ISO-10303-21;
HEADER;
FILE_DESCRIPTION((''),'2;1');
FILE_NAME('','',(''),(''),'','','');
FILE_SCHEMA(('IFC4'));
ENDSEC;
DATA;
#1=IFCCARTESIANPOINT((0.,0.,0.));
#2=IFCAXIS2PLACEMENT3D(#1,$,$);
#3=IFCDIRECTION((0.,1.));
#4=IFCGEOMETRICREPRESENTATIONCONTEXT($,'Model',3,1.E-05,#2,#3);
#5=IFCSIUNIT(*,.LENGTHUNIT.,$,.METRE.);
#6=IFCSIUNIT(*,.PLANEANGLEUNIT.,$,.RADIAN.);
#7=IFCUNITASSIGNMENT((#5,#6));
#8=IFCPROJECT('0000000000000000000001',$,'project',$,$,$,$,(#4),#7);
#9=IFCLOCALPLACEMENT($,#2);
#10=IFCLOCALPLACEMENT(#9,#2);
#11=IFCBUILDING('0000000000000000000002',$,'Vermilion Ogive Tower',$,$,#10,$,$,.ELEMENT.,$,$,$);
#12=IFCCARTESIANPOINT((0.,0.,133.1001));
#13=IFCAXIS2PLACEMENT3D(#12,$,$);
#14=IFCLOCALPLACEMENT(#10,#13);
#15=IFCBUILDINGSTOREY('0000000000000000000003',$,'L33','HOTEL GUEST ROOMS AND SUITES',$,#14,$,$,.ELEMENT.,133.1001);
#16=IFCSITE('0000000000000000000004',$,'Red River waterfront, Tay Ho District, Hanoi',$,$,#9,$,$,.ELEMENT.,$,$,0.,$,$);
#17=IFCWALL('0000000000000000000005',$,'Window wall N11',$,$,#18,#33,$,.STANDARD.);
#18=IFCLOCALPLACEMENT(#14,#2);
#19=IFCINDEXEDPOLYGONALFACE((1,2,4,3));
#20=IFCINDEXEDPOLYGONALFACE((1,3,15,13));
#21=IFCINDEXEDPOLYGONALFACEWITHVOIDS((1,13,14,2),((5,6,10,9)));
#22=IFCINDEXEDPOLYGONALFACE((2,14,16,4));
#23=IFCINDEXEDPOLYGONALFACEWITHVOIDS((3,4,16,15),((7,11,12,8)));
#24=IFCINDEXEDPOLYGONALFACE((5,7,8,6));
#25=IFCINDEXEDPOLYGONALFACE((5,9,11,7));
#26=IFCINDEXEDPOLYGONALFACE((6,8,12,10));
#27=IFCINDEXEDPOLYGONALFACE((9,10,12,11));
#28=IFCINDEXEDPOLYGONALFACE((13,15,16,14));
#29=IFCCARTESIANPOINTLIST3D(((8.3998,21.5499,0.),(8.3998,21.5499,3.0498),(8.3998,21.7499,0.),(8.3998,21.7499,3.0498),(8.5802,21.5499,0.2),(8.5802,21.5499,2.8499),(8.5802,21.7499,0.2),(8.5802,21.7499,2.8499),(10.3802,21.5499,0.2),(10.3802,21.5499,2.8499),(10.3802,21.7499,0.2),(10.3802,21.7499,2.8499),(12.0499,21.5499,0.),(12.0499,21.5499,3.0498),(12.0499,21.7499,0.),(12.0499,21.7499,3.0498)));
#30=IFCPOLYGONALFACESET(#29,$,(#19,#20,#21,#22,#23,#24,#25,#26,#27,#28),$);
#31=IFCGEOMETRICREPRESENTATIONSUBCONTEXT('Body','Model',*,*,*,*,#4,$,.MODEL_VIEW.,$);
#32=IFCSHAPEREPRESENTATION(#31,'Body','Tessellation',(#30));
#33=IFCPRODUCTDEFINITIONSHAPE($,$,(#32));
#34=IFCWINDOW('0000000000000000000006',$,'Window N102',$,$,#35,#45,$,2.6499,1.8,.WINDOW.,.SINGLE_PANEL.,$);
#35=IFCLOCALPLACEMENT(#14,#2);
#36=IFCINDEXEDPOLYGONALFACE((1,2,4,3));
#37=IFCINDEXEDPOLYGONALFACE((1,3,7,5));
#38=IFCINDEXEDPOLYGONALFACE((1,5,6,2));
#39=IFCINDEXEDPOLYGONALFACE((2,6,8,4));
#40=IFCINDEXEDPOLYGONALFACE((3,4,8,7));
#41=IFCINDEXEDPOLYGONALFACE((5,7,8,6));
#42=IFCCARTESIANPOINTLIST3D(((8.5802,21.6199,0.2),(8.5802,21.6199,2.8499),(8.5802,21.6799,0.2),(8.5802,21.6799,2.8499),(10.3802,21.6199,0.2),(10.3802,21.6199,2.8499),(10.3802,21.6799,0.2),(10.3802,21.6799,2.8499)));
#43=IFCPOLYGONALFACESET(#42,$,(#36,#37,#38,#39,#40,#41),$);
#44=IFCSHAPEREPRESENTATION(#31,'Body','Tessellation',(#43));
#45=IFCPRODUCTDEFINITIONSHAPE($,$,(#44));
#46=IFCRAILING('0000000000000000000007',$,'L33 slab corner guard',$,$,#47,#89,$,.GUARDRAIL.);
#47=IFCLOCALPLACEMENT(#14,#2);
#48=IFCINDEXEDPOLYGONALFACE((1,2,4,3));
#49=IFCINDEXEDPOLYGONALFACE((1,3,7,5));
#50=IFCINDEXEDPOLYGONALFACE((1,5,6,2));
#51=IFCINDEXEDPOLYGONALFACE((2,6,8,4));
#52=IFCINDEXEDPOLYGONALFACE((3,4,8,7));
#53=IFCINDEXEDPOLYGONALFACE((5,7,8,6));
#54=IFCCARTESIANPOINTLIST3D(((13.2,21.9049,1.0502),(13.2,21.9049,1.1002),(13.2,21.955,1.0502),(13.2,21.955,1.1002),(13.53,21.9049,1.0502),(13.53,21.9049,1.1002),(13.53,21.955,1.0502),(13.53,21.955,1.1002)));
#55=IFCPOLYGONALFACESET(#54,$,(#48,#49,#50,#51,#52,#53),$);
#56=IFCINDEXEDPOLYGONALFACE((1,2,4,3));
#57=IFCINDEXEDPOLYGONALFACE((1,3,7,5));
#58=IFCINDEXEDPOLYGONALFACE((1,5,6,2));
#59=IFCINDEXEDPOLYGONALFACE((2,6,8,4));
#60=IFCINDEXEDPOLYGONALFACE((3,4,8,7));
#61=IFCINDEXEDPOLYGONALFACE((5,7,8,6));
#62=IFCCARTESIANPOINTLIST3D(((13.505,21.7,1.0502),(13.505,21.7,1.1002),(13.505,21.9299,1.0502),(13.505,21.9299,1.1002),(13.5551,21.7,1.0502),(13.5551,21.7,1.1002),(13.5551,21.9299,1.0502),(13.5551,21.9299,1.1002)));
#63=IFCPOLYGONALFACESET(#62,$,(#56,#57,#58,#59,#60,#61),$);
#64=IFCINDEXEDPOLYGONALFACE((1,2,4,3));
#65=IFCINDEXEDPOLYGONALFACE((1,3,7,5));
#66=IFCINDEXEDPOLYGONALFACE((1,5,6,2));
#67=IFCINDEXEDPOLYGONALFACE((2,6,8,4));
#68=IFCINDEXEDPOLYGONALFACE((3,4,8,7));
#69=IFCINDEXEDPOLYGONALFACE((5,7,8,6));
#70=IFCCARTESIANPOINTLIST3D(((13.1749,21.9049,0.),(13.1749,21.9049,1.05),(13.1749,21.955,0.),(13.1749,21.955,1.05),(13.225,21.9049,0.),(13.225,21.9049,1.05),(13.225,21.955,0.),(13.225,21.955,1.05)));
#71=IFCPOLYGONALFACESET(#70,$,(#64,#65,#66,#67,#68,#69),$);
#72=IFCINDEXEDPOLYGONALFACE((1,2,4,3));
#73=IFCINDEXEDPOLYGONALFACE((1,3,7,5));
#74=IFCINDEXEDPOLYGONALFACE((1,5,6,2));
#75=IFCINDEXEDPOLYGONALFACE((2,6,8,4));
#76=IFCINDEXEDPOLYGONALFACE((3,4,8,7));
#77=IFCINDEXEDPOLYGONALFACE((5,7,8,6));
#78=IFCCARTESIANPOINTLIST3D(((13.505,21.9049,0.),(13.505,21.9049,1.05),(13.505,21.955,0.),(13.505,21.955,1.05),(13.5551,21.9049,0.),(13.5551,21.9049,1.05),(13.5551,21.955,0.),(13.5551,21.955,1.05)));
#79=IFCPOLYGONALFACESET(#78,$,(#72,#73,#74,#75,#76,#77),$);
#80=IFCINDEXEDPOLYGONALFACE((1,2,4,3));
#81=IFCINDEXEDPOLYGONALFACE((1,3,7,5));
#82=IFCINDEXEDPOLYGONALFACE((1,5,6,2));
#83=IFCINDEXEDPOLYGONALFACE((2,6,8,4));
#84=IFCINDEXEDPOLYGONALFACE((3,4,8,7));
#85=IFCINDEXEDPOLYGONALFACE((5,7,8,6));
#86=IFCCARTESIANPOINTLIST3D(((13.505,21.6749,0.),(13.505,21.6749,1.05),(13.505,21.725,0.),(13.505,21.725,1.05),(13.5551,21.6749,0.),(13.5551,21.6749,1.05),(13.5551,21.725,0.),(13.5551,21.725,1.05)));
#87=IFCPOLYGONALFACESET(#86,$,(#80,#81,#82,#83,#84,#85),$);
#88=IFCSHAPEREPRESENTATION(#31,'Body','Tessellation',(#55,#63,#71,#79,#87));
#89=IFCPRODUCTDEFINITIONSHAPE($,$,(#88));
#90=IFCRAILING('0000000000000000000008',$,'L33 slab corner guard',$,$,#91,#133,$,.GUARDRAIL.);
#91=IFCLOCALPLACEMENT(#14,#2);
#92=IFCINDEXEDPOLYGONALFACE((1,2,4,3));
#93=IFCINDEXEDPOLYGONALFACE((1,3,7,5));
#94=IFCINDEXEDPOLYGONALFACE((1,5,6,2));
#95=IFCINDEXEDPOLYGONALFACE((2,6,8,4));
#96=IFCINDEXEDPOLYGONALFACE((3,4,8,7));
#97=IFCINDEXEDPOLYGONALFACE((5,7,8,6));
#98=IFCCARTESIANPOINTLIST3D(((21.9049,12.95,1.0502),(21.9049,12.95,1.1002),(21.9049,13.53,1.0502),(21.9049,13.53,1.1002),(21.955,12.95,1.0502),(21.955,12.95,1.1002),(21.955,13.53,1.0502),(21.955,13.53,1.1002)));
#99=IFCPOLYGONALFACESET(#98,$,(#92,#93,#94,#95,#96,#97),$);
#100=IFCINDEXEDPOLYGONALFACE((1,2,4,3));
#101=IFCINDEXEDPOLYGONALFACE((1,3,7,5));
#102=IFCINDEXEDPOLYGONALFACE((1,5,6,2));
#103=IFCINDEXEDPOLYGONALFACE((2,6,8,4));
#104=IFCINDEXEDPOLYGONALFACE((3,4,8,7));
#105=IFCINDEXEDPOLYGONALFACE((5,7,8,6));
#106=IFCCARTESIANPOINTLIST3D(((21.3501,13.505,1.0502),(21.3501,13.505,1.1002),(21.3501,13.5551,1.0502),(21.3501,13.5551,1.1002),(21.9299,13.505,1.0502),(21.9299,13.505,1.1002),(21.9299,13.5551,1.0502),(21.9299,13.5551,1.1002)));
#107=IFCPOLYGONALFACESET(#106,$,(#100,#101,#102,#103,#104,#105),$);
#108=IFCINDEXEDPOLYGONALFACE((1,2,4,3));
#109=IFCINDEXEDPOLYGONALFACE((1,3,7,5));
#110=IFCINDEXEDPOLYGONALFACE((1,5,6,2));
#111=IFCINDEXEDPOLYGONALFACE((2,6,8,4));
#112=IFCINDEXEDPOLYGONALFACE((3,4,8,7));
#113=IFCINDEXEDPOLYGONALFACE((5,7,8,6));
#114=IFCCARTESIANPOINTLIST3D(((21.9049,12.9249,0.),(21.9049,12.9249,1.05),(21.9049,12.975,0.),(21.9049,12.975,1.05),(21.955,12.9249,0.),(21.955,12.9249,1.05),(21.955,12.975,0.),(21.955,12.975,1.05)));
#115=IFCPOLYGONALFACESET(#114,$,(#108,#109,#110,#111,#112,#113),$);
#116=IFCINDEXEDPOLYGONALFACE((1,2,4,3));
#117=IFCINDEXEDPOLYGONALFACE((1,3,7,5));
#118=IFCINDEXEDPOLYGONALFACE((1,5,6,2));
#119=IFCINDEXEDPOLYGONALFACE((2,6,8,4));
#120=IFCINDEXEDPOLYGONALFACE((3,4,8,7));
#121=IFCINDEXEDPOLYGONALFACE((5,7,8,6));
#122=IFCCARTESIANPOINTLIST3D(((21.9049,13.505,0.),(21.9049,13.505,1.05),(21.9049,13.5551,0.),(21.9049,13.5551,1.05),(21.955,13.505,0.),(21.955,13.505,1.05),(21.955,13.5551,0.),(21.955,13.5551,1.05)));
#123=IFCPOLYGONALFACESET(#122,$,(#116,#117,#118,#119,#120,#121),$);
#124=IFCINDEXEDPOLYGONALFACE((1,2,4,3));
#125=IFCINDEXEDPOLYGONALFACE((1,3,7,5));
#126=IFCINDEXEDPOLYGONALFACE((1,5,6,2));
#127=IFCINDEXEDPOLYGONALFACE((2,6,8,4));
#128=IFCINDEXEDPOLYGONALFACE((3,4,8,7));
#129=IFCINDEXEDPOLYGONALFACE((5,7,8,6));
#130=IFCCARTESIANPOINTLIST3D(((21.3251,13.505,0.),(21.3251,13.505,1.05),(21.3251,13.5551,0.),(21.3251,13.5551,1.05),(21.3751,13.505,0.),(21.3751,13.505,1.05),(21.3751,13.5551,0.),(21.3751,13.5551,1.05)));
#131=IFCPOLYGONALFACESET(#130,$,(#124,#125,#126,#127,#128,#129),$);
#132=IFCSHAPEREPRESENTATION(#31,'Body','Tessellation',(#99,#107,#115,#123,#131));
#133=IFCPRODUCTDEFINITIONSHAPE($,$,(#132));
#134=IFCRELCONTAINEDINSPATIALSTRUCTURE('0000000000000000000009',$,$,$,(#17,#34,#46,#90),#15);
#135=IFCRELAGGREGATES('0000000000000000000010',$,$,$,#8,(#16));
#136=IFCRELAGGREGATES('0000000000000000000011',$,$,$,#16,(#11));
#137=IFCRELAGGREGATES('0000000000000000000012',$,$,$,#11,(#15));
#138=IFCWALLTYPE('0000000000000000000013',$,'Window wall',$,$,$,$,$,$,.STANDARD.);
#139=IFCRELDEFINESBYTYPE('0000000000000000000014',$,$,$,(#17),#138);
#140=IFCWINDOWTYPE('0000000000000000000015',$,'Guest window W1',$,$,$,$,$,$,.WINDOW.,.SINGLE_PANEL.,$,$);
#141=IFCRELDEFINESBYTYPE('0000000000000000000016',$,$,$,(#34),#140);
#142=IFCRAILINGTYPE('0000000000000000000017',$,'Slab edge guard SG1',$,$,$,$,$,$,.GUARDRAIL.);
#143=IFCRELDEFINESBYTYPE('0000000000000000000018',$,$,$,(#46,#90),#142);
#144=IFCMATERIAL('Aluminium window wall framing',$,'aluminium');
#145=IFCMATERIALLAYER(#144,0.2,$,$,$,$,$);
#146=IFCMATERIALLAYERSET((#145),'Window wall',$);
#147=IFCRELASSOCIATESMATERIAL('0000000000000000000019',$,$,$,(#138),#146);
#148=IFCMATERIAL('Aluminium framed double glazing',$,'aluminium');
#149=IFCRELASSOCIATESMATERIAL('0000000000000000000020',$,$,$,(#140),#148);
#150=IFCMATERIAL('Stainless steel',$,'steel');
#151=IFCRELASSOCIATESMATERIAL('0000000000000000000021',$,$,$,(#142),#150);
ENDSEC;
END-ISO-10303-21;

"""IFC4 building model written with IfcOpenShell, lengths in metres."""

from ifc_helpers import new_model, si_unit, direction, frame, frame_2d, origin, origin_2d, place, context, subcontext, project, spatial, rectangle, extrude, material, layer, layer_set, type_object, element, fill, save


model = new_model("IFC4")

# Units and contexts
model_context = context("Model", 3, precision=1e-05, world=origin(), true_north=direction((0.0, 1.0)))
body_context = subcontext(model_context, "Body", "Model", "MODEL_VIEW")
ifc_project = project(units=[si_unit("LENGTHUNIT", "METRE"), si_unit("PLANEANGLEUNIT", "RADIAN")], contexts=[model_context])

# Site, building, storey
site_placement = place(None, origin())
site = spatial("IfcSite", under=ifc_project, at=site_placement, Name="Red River waterfront, Tay Ho District, Hanoi", CompositionType="ELEMENT", RefElevation=0.0)
building_placement = place(site_placement, origin())
building = spatial("IfcBuilding", under=site, at=building_placement, Name="Vermilion Ogive Tower", CompositionType="ELEMENT")
storey_placement = place(building_placement, frame((0.0, 0.0, 133.1001)))
storey = spatial("IfcBuildingStorey", under=building, at=storey_placement, Name="L33", Description="HOTEL GUEST ROOMS AND SUITES", CompositionType="ELEMENT", Elevation=133.1001)

# Shared definitions
ifc_material_1 = material(Name="Aluminium window wall framing", Category="aluminium")
ifc_layer_1 = layer(ifc_material_1, 0.2)
ifc_layer_set_1 = layer_set([ifc_layer_1], Name="Window wall")
wall_type_1 = type_object("IfcWallType", Name="Window wall", PredefinedType="STANDARD", material=ifc_layer_set_1)

# Shared definitions
ifc_material_2 = material(Name="Aluminium framed double glazing", Category="aluminium")
window_type = type_object("IfcWindowType", Name="Guest window W1", PartitioningType="SINGLE_PANEL", PredefinedType="WINDOW", material=ifc_material_2)

# Wall, opening, window
wall_1_placement = place(storey_placement, frame((12.05, 21.6499, 0.0), z_axis=(0.0, 0.0, 1.0), x_axis=(-1.0, 0.0, 0.0)))
wall_1 = element("IfcWall", 1, at=wall_1_placement, inside=storey, type_object=wall_type_1, Name="Window wall N11", PredefinedType="STANDARD", context=body_context, shape_type="SweptSolid", body=[
    extrude(rectangle(XDim=3.6501, YDim=0.2, at=frame_2d((1.8252, 0.0))), origin(), (0.0, 0.0, 1.0), 3.0498),
])
opening_1_placement = place(wall_1_placement, frame((1.6699, 0.0, 0.2)))
opening_1 = element("IfcOpeningElement", 2, at=opening_1_placement, cuts=wall_1, PredefinedType="OPENING", context=body_context, shape_type="SweptSolid", body=[
    extrude(rectangle(XDim=1.8, YDim=2.6499, at=frame_2d((0.8999, 1.325))), frame((0.0, 0.1099, 0.0), z_axis=(0.0, -1.0, 0.0), x_axis=(1.0, 0.0, 0.0)), (0.0, 0.0, 1.0), 0.22),
])
window_1_placement = place(opening_1_placement, origin())
window_1 = element("IfcWindow", 3, at=window_1_placement, inside=storey, type_object=window_type, Name="Window N102", OverallHeight=2.6499, OverallWidth=1.8, PartitioningType="SINGLE_PANEL", PredefinedType="WINDOW", context=body_context, shape_type="SweptSolid", body=[
    extrude(rectangle(XDim=1.8, YDim=2.6499, at=frame_2d((0.8999, 1.325))), frame((0.0, 0.03, 0.0), z_axis=(0.0, -1.0, 0.0), x_axis=(1.0, 0.0, 0.0)), (0.0, 0.0, 1.0), 0.0601),
])
fill(opening_1, window_1)

# Railings
ifc_material_3 = material(Name="Stainless steel", Category="steel")
railing_type = type_object("IfcRailingType", Name="Slab edge guard SG1", PredefinedType="GUARDRAIL", material=ifc_material_3)
railing_1_placement = place(storey_placement, frame((13.2, 21.9299, 0.0)))
element("IfcRailing", 4, at=railing_1_placement, inside=storey, type_object=railing_type, Name="L33 slab corner guard", PredefinedType="GUARDRAIL", context=body_context, shape_type="SweptSolid", body=[
    extrude(rectangle(XDim=0.05, YDim=0.05, at=origin_2d()), frame((0.0, 0.0, 1.0752), z_axis=(1.0, 0.0, 0.0), x_axis=(0.0, 1.0, 0.0)), (0.0, 0.0, 1.0), 0.3301),
    extrude(rectangle(XDim=0.05, YDim=0.05, at=origin_2d()), frame((0.3301, 0.0, 1.0752), z_axis=(0.0, -1.0, 0.0), x_axis=(1.0, 0.0, 0.0)), (0.0, 0.0, 1.0), 0.23),
    extrude(rectangle(XDim=0.05, YDim=0.05, at=origin_2d()), origin(), (0.0, 0.0, 1.0), 1.05),
    extrude(rectangle(XDim=0.05, YDim=0.05, at=origin_2d()), frame((0.3301, 0.0, 0.0)), (0.0, 0.0, 1.0), 1.05),
    extrude(rectangle(XDim=0.05, YDim=0.05, at=origin_2d()), frame((0.3301, -0.23, 0.0)), (0.0, 0.0, 1.0), 1.05),
])
railing_2_placement = place(storey_placement, frame((21.9299, 12.95, 0.0)))
element("IfcRailing", 5, at=railing_2_placement, inside=storey, type_object=railing_type, Name="L33 slab corner guard", PredefinedType="GUARDRAIL", context=body_context, shape_type="SweptSolid", body=[
    extrude(rectangle(XDim=0.05, YDim=0.05, at=origin_2d()), frame((0.0, 0.0, 1.0752), z_axis=(0.0, 1.0, 0.0), x_axis=(-1.0, 0.0, 0.0)), (0.0, 0.0, 1.0), 0.5801),
    extrude(rectangle(XDim=0.05, YDim=0.05, at=origin_2d()), frame((0.0, 0.5801, 1.0752), z_axis=(-1.0, 0.0, 0.0), x_axis=(0.0, -1.0, 0.0)), (0.0, 0.0, 1.0), 0.5798),
    extrude(rectangle(XDim=0.05, YDim=0.05, at=origin_2d()), origin(), (0.0, 0.0, 1.0), 1.05),
    extrude(rectangle(XDim=0.05, YDim=0.05, at=origin_2d()), frame((0.0, 0.5801, 0.0)), (0.0, 0.0, 1.0), 1.05),
    extrude(rectangle(XDim=0.05, YDim=0.05, at=origin_2d()), frame((-0.5798, 0.5801, 0.0)), (0.0, 0.0, 1.0), 1.05),
])

save(model, "model.ifc")
